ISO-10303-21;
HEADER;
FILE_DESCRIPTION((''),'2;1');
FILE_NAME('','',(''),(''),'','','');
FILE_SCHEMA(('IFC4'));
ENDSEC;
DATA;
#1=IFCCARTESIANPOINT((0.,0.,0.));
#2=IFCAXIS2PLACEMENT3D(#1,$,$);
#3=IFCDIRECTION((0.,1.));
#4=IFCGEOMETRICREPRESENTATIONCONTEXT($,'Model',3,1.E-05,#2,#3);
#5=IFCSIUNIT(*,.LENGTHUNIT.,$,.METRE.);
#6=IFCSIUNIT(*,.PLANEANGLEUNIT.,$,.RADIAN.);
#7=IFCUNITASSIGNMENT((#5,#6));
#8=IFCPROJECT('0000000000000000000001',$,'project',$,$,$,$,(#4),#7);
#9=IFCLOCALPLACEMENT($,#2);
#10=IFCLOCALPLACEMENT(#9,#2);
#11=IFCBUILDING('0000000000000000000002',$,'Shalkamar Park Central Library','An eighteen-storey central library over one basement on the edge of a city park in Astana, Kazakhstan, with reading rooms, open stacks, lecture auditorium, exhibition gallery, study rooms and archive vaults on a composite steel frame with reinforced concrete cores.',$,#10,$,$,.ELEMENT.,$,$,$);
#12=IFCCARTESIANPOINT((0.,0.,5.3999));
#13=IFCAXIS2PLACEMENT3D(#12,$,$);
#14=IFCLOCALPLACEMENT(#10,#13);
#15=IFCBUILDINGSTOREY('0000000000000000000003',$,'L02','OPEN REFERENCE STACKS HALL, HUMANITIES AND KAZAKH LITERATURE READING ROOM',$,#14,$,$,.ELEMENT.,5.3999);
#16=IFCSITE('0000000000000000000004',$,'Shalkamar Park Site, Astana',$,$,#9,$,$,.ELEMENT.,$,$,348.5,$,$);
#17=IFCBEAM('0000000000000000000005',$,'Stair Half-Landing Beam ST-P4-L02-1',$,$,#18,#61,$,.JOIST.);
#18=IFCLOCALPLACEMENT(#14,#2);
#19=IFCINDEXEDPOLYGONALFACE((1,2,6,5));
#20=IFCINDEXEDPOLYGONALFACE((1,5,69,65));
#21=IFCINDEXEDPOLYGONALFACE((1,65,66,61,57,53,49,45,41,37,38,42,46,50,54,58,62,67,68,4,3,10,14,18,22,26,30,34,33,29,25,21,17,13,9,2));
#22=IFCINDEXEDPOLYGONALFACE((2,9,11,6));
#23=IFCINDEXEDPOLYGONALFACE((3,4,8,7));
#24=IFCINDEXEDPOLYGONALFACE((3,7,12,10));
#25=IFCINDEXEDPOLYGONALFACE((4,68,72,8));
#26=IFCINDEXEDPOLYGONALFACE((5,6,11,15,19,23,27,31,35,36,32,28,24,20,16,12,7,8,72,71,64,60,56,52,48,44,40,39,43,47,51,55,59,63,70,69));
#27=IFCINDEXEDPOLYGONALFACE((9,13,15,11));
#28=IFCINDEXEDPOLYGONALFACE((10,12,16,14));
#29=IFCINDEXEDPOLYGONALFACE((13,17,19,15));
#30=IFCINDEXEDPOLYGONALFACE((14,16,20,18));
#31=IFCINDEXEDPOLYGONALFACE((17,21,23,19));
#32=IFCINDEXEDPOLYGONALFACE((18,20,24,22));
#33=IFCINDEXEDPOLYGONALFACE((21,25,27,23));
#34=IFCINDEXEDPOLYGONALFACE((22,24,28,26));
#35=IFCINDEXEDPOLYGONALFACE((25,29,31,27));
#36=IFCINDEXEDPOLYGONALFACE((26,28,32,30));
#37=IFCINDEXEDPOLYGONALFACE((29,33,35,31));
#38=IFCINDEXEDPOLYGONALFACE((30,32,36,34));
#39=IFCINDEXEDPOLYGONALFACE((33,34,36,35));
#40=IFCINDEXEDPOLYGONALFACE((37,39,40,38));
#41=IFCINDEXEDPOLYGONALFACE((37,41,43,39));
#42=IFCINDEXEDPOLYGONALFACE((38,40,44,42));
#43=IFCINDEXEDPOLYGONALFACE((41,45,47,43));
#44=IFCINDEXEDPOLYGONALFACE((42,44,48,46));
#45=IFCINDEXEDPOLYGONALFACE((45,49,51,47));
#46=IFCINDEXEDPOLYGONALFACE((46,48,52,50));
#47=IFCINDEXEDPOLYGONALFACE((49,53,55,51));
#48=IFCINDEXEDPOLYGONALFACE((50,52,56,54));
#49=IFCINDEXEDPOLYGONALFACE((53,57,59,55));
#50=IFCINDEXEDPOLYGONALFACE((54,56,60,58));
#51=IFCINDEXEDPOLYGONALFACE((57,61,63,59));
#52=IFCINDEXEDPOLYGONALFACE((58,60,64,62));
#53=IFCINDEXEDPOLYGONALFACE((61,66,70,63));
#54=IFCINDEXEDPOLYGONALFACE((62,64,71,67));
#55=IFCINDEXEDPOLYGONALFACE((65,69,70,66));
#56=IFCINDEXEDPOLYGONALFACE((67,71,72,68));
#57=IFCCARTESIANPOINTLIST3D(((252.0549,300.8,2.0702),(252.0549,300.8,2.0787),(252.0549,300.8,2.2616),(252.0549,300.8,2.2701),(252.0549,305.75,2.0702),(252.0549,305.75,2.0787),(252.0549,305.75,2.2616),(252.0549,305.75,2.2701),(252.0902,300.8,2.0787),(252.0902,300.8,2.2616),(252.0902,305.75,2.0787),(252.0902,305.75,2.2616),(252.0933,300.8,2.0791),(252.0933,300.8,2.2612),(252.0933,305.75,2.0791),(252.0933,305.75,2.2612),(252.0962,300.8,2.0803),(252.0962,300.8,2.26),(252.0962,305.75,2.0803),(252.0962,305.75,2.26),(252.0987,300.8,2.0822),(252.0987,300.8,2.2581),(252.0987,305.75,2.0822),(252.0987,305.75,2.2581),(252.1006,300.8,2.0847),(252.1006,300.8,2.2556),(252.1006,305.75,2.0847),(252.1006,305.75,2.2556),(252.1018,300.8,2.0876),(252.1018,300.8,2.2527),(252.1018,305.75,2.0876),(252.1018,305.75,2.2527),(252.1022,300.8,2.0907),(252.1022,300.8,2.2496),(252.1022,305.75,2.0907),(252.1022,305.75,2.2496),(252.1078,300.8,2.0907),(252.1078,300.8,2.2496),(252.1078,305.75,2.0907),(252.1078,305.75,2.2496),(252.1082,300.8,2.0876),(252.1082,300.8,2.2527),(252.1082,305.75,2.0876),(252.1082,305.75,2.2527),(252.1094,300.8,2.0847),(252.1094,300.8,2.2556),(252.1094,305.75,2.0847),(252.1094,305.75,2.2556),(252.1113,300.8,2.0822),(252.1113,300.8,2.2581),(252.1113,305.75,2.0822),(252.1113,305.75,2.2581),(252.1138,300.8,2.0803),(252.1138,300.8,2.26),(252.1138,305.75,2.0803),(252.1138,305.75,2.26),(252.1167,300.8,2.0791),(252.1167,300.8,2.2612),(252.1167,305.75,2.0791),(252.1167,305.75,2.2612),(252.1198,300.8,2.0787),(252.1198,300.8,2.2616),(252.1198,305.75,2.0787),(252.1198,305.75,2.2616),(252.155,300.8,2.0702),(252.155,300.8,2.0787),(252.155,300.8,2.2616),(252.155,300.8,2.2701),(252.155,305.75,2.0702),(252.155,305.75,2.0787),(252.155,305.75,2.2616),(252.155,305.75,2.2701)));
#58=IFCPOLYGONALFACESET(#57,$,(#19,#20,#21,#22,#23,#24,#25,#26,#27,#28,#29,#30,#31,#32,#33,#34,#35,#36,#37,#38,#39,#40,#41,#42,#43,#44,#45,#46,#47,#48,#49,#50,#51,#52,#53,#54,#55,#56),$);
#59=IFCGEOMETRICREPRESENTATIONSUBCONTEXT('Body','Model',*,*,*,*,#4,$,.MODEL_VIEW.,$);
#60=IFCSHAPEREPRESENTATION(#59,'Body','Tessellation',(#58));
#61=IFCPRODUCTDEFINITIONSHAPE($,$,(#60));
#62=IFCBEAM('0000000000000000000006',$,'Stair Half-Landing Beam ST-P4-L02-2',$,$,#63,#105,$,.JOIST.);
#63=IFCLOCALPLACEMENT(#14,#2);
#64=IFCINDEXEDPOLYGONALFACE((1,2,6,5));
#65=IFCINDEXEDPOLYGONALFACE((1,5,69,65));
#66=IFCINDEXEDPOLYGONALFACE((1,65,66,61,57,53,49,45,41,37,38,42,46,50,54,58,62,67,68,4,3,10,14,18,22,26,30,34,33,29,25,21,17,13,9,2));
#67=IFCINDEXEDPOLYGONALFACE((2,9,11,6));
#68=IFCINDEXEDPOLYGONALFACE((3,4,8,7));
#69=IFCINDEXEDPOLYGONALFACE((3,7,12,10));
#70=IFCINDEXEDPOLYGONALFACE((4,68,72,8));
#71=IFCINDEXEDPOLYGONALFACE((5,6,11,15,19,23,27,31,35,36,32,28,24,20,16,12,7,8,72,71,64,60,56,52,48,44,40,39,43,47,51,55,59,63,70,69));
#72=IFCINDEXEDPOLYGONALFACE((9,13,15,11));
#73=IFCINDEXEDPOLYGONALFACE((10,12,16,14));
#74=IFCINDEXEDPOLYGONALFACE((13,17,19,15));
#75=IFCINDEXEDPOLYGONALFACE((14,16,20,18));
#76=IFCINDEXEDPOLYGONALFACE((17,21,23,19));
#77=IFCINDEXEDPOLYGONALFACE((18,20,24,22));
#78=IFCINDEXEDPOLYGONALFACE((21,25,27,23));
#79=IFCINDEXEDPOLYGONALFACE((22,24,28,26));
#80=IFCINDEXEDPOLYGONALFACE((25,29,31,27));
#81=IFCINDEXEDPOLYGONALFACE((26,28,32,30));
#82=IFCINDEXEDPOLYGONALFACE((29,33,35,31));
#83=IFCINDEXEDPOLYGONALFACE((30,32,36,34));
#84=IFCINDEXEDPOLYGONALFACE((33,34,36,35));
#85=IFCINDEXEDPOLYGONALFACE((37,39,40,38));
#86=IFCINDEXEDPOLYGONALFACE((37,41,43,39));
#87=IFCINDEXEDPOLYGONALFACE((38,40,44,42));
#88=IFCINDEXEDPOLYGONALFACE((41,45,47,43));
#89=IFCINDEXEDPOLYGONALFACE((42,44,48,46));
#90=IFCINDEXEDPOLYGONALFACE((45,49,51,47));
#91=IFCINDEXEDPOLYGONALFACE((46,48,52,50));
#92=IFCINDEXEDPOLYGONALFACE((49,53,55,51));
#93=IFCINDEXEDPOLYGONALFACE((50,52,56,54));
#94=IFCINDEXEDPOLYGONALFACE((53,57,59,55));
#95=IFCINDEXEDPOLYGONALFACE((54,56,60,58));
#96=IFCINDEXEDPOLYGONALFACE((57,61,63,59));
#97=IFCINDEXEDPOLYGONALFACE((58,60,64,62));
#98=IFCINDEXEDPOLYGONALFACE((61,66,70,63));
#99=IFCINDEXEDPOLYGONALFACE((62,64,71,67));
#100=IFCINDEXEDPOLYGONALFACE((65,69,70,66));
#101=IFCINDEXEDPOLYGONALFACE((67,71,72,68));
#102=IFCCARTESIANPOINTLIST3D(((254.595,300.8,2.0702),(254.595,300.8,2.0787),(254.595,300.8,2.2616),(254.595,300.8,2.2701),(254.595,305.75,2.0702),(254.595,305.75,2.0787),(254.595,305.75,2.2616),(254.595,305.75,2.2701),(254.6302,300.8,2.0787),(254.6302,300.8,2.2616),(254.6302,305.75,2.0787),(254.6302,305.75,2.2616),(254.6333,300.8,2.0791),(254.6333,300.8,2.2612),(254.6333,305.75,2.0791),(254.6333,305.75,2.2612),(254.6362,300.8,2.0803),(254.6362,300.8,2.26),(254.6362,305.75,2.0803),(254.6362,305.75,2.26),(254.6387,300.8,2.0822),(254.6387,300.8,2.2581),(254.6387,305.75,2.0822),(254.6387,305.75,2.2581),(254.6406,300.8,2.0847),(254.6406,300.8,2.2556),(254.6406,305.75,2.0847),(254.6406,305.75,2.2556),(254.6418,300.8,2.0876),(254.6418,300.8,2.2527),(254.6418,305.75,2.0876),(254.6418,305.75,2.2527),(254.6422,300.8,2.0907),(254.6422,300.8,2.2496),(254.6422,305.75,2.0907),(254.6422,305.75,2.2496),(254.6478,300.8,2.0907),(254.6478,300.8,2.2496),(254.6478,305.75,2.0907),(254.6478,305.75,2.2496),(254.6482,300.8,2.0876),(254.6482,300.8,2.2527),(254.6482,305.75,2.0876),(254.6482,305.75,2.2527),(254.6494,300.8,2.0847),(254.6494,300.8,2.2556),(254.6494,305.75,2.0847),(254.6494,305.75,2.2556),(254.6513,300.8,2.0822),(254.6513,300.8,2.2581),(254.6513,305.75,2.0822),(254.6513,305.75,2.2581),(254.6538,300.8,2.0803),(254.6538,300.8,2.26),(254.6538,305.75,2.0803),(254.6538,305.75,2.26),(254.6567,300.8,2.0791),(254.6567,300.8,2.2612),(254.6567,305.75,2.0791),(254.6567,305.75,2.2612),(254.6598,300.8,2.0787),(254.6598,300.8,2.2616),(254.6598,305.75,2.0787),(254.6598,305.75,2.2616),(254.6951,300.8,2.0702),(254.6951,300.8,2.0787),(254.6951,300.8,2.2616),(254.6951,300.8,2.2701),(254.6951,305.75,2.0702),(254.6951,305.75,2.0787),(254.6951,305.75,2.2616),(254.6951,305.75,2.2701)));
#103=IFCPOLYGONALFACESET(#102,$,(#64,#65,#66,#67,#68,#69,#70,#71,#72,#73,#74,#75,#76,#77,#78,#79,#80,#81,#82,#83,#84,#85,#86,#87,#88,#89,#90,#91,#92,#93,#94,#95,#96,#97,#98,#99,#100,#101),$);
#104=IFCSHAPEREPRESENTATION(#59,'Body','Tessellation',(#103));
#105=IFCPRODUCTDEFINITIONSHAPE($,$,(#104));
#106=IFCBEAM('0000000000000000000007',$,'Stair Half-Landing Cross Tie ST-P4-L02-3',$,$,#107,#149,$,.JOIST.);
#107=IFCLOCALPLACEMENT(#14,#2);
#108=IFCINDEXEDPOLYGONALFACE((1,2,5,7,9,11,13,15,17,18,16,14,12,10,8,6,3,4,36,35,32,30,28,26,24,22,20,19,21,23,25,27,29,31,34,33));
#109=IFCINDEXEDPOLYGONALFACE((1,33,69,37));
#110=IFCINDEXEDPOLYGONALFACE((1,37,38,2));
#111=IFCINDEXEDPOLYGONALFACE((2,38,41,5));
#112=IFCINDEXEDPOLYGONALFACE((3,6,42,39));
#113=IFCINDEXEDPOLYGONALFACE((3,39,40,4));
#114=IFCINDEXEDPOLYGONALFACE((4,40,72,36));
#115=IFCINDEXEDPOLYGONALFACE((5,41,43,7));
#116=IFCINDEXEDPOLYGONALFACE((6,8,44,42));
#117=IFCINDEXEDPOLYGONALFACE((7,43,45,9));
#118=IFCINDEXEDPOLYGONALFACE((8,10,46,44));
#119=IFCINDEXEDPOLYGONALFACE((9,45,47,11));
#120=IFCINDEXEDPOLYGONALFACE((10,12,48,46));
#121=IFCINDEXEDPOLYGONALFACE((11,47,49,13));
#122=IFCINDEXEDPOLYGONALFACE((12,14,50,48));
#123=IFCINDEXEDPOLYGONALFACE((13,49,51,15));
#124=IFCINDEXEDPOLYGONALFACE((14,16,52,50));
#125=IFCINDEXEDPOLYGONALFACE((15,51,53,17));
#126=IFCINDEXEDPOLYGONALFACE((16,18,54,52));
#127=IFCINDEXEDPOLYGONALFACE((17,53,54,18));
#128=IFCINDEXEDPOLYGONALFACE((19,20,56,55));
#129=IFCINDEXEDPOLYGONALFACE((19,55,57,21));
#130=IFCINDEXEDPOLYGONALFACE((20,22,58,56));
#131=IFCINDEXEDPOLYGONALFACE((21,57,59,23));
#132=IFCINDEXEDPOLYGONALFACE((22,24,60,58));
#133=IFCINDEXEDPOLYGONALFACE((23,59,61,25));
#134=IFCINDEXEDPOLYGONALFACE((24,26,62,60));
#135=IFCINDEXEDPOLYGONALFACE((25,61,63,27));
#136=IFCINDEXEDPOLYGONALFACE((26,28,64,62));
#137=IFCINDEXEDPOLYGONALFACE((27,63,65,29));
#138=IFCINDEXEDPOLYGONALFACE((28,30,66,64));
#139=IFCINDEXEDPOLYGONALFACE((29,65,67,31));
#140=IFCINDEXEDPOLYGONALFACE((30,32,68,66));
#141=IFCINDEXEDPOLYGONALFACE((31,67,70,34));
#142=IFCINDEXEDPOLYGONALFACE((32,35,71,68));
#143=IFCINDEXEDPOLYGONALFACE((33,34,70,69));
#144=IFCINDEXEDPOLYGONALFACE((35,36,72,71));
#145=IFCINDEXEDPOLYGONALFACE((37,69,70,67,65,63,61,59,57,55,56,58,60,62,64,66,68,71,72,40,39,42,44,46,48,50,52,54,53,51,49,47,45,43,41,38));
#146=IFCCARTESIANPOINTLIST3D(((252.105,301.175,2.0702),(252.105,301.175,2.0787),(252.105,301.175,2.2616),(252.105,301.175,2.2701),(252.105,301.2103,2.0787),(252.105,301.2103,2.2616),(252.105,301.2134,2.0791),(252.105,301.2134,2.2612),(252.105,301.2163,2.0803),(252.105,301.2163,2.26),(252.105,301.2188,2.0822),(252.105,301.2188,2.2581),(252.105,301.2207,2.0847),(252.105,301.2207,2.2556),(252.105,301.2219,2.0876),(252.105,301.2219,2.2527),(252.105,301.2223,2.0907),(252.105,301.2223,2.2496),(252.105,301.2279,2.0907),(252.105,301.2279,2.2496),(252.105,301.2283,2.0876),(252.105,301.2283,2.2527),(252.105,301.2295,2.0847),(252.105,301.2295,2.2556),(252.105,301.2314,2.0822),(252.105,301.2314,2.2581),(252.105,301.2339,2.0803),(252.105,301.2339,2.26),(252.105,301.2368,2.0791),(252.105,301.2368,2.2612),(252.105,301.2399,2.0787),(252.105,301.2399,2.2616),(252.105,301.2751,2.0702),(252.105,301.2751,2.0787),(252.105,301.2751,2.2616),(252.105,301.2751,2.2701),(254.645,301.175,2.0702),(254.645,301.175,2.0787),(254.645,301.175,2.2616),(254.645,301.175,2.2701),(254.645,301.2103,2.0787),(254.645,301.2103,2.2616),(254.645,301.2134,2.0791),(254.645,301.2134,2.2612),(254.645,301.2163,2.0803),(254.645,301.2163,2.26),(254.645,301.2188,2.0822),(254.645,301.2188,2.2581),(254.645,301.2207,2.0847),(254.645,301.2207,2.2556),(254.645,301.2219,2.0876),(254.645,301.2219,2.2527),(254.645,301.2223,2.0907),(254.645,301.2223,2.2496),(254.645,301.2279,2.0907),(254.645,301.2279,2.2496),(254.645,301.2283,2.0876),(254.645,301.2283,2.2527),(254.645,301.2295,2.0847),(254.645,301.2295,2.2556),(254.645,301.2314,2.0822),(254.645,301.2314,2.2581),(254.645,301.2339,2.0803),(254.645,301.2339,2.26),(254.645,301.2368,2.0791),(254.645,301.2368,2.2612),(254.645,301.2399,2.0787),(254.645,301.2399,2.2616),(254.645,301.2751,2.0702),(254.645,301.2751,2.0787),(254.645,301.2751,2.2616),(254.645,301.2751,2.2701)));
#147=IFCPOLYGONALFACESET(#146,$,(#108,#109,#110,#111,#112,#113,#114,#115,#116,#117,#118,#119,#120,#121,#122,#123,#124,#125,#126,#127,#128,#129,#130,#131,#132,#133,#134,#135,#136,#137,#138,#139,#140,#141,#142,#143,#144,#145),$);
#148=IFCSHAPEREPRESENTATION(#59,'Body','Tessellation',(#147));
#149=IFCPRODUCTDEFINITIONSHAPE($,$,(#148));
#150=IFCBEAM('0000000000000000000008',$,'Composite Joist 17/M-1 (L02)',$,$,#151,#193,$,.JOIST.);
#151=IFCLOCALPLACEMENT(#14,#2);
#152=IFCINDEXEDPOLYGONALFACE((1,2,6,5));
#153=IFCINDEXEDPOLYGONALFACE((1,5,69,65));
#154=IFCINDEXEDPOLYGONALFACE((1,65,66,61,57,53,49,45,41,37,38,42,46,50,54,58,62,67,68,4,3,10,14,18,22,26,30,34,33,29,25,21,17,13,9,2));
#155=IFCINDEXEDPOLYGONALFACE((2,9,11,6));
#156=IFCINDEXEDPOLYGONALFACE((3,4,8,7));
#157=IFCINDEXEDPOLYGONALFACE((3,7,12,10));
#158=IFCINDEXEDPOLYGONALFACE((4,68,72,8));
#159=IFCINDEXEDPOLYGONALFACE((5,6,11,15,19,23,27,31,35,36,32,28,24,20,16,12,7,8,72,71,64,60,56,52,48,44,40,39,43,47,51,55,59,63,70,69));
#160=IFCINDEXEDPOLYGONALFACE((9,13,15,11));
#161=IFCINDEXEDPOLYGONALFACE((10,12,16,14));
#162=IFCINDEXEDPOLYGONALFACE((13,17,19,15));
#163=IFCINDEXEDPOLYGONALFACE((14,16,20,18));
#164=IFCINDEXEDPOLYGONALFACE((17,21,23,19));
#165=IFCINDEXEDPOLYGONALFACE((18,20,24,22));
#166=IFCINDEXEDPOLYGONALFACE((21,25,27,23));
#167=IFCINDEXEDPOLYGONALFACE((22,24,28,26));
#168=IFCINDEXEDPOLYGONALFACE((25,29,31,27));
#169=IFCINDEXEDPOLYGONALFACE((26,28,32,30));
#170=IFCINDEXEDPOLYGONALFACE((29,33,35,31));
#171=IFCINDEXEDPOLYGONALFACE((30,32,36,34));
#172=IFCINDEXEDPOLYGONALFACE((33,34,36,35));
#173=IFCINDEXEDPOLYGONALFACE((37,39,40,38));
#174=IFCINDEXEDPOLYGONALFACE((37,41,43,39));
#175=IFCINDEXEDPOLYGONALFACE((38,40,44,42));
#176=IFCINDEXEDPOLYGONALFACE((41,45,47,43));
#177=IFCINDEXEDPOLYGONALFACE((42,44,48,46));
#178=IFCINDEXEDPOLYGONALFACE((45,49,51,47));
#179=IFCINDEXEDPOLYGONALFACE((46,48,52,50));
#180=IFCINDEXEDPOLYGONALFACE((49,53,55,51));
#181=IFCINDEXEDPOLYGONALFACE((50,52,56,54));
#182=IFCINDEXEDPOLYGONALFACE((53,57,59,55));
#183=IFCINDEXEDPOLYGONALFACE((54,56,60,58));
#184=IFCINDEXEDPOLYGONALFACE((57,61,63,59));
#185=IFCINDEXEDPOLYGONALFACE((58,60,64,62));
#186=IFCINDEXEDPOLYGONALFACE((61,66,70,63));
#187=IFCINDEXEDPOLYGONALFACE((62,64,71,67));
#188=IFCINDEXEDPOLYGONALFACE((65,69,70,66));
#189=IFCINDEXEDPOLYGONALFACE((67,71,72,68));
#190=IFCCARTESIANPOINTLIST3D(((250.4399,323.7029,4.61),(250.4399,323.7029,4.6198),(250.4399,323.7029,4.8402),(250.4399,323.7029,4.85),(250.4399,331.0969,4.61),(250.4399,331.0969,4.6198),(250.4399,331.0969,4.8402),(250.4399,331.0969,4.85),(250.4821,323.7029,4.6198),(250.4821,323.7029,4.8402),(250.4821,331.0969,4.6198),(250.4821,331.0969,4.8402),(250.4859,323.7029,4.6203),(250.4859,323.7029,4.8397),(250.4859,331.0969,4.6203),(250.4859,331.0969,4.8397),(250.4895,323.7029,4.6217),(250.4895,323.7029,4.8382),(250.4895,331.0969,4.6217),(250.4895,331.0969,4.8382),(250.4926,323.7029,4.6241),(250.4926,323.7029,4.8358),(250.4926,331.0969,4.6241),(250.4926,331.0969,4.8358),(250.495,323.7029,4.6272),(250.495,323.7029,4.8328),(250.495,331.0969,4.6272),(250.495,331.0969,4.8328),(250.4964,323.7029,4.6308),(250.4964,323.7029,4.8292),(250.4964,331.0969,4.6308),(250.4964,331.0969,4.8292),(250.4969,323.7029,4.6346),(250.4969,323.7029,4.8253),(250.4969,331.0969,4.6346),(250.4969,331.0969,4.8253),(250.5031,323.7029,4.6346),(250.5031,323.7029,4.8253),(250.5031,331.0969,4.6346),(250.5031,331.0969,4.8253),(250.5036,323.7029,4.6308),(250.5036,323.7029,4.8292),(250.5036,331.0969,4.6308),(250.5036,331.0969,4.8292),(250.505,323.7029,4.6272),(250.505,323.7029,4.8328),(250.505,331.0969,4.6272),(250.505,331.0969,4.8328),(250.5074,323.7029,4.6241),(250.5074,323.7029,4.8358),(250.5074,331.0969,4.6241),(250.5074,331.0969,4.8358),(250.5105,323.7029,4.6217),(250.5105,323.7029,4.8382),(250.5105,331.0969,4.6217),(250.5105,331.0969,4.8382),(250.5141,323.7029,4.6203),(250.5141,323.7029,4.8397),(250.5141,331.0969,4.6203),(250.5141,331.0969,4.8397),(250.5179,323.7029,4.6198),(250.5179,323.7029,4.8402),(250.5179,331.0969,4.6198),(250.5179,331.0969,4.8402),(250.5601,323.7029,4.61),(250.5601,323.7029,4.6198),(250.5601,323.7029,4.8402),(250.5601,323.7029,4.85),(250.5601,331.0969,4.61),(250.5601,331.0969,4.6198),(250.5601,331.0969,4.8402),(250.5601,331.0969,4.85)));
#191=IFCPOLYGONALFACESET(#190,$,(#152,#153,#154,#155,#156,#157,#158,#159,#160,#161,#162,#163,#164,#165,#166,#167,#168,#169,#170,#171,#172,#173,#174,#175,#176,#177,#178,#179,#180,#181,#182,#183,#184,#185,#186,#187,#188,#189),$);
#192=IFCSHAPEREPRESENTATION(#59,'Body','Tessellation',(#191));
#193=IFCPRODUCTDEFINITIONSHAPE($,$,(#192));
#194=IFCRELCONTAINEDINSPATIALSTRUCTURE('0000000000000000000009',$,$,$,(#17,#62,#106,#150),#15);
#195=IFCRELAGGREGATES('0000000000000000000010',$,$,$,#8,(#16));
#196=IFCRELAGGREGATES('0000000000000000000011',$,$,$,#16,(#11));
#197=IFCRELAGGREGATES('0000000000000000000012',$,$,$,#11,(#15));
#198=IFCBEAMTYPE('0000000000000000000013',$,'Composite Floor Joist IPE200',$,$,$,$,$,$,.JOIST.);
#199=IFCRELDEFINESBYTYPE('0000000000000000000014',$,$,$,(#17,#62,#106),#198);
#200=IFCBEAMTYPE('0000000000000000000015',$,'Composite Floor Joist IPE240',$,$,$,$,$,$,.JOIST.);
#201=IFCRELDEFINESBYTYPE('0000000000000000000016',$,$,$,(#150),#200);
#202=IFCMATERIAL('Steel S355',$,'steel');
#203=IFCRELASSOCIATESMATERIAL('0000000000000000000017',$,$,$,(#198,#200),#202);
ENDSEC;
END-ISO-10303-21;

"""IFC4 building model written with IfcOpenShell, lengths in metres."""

from ifc_helpers import new_model, si_unit, direction, frame, origin, origin_2d, place, context, subcontext, project, spatial, i_section, extrude, material, material_profile, profile_set, type_object, element, save


model = new_model("IFC4")

# Units and contexts
model_context = context("Model", 3, precision=1e-05, world=origin(), true_north=direction((0.0, 1.0)))
body_context = subcontext(model_context, "Body", "Model", "MODEL_VIEW")
ifc_project = project(units=[si_unit("LENGTHUNIT", "METRE"), si_unit("PLANEANGLEUNIT", "RADIAN")], contexts=[model_context])

# Site, building, storey
site_placement = place(None, origin())
site = spatial("IfcSite", under=ifc_project, at=site_placement, Name="Shalkamar Park Site, Astana", CompositionType="ELEMENT", RefElevation=348.5)
building_placement = place(site_placement, origin())
building = spatial("IfcBuilding", under=site, at=building_placement, Name="Shalkamar Park Central Library", Description="An eighteen-storey central library over one basement on the edge of a city park in Astana, Kazakhstan, with reading rooms, open stacks, lecture auditorium, exhibition gallery, study rooms and archive vaults on a composite steel frame with reinforced concrete cores.", CompositionType="ELEMENT")
storey_placement = place(building_placement, frame((0.0, 0.0, 5.3999)))
storey = spatial("IfcBuildingStorey", under=building, at=storey_placement, Name="L02", Description="OPEN REFERENCE STACKS HALL, HUMANITIES AND KAZAKH LITERATURE READING ROOM", CompositionType="ELEMENT", Elevation=5.3999)

# Shared definitions
ifc_material_1 = material(Name="Steel S355", Category="steel")

# Beams
ifc_material_profile_1 = material_profile(ifc_material_1, i_section(OverallWidth=0.1001, OverallDepth=0.2, WebThickness=0.0056, FlangeThickness=0.0085, FilletRadius=0.012, at=origin_2d()), Name="IPE 200")
ifc_profile_set_1 = profile_set([ifc_material_profile_1], Name="Steel S355")
beam_type_1 = type_object("IfcBeamType", Name="Composite Floor Joist IPE200", PredefinedType="JOIST", material=ifc_profile_set_1)
for number, where, z_axis, x_axis, name in (
    (1, (252.105, 300.8, 2.1702), (0.0, 1.0, 0.0), (-1.0, 0.0, 0.0), "Stair Half-Landing Beam ST-P4-L02-1"),
    (2, (254.645, 300.8, 2.1702), (0.0, 1.0, 0.0), (-1.0, 0.0, 0.0), "Stair Half-Landing Beam ST-P4-L02-2"),
):
    element("IfcBeam", number, at=place(storey_placement, frame(where, z_axis=z_axis, x_axis=x_axis)), inside=storey, type_object=beam_type_1, Name=name, PredefinedType="JOIST", context=body_context, shape_type="SweptSolid", body=[
        extrude(i_section(OverallWidth=0.1001, OverallDepth=0.2, WebThickness=0.0056, FlangeThickness=0.0085, FilletRadius=0.012, at=origin_2d()), origin(), (0.0, 0.0, 1.0), 4.95),
    ])
beam_1_placement = place(storey_placement, frame((252.105, 301.2251, 2.1702), z_axis=(1.0, 0.0, 0.0), x_axis=(0.0, 1.0, 0.0)))
element("IfcBeam", 3, at=beam_1_placement, inside=storey, type_object=beam_type_1, Name="Stair Half-Landing Cross Tie ST-P4-L02-3", PredefinedType="JOIST", context=body_context, shape_type="SweptSolid", body=[
    extrude(i_section(OverallWidth=0.1001, OverallDepth=0.2, WebThickness=0.0056, FlangeThickness=0.0085, FilletRadius=0.012, at=origin_2d()), origin(), (0.0, 0.0, 1.0), 2.54),
])
ifc_material_profile_2 = material_profile(ifc_material_1, i_section(OverallWidth=0.1201, OverallDepth=0.24, WebThickness=0.0061, FlangeThickness=0.0098, FilletRadius=0.0149, at=origin_2d()), Name="IPE 240")
ifc_profile_set_2 = profile_set([ifc_material_profile_2], Name="Steel S355")
beam_type_2 = type_object("IfcBeamType", Name="Composite Floor Joist IPE240", PredefinedType="JOIST", material=ifc_profile_set_2)
for number, where, z_axis, x_axis, name in (
    (4, (250.5, 323.7029, 4.73), (0.0, 1.0, 0.0), (-1.0, 0.0, 0.0), "Composite Joist 17/M-1 (L02)"),
):
    element("IfcBeam", number, at=place(storey_placement, frame(where, z_axis=z_axis, x_axis=x_axis)), inside=storey, type_object=beam_type_2, Name=name, PredefinedType="JOIST", context=body_context, shape_type="SweptSolid", body=[
        extrude(i_section(OverallWidth=0.1201, OverallDepth=0.24, WebThickness=0.0061, FlangeThickness=0.0098, FilletRadius=0.0149, at=origin_2d()), origin(), (0.0, 0.0, 1.0), 7.394),
    ])

save(model, "model.ifc")
